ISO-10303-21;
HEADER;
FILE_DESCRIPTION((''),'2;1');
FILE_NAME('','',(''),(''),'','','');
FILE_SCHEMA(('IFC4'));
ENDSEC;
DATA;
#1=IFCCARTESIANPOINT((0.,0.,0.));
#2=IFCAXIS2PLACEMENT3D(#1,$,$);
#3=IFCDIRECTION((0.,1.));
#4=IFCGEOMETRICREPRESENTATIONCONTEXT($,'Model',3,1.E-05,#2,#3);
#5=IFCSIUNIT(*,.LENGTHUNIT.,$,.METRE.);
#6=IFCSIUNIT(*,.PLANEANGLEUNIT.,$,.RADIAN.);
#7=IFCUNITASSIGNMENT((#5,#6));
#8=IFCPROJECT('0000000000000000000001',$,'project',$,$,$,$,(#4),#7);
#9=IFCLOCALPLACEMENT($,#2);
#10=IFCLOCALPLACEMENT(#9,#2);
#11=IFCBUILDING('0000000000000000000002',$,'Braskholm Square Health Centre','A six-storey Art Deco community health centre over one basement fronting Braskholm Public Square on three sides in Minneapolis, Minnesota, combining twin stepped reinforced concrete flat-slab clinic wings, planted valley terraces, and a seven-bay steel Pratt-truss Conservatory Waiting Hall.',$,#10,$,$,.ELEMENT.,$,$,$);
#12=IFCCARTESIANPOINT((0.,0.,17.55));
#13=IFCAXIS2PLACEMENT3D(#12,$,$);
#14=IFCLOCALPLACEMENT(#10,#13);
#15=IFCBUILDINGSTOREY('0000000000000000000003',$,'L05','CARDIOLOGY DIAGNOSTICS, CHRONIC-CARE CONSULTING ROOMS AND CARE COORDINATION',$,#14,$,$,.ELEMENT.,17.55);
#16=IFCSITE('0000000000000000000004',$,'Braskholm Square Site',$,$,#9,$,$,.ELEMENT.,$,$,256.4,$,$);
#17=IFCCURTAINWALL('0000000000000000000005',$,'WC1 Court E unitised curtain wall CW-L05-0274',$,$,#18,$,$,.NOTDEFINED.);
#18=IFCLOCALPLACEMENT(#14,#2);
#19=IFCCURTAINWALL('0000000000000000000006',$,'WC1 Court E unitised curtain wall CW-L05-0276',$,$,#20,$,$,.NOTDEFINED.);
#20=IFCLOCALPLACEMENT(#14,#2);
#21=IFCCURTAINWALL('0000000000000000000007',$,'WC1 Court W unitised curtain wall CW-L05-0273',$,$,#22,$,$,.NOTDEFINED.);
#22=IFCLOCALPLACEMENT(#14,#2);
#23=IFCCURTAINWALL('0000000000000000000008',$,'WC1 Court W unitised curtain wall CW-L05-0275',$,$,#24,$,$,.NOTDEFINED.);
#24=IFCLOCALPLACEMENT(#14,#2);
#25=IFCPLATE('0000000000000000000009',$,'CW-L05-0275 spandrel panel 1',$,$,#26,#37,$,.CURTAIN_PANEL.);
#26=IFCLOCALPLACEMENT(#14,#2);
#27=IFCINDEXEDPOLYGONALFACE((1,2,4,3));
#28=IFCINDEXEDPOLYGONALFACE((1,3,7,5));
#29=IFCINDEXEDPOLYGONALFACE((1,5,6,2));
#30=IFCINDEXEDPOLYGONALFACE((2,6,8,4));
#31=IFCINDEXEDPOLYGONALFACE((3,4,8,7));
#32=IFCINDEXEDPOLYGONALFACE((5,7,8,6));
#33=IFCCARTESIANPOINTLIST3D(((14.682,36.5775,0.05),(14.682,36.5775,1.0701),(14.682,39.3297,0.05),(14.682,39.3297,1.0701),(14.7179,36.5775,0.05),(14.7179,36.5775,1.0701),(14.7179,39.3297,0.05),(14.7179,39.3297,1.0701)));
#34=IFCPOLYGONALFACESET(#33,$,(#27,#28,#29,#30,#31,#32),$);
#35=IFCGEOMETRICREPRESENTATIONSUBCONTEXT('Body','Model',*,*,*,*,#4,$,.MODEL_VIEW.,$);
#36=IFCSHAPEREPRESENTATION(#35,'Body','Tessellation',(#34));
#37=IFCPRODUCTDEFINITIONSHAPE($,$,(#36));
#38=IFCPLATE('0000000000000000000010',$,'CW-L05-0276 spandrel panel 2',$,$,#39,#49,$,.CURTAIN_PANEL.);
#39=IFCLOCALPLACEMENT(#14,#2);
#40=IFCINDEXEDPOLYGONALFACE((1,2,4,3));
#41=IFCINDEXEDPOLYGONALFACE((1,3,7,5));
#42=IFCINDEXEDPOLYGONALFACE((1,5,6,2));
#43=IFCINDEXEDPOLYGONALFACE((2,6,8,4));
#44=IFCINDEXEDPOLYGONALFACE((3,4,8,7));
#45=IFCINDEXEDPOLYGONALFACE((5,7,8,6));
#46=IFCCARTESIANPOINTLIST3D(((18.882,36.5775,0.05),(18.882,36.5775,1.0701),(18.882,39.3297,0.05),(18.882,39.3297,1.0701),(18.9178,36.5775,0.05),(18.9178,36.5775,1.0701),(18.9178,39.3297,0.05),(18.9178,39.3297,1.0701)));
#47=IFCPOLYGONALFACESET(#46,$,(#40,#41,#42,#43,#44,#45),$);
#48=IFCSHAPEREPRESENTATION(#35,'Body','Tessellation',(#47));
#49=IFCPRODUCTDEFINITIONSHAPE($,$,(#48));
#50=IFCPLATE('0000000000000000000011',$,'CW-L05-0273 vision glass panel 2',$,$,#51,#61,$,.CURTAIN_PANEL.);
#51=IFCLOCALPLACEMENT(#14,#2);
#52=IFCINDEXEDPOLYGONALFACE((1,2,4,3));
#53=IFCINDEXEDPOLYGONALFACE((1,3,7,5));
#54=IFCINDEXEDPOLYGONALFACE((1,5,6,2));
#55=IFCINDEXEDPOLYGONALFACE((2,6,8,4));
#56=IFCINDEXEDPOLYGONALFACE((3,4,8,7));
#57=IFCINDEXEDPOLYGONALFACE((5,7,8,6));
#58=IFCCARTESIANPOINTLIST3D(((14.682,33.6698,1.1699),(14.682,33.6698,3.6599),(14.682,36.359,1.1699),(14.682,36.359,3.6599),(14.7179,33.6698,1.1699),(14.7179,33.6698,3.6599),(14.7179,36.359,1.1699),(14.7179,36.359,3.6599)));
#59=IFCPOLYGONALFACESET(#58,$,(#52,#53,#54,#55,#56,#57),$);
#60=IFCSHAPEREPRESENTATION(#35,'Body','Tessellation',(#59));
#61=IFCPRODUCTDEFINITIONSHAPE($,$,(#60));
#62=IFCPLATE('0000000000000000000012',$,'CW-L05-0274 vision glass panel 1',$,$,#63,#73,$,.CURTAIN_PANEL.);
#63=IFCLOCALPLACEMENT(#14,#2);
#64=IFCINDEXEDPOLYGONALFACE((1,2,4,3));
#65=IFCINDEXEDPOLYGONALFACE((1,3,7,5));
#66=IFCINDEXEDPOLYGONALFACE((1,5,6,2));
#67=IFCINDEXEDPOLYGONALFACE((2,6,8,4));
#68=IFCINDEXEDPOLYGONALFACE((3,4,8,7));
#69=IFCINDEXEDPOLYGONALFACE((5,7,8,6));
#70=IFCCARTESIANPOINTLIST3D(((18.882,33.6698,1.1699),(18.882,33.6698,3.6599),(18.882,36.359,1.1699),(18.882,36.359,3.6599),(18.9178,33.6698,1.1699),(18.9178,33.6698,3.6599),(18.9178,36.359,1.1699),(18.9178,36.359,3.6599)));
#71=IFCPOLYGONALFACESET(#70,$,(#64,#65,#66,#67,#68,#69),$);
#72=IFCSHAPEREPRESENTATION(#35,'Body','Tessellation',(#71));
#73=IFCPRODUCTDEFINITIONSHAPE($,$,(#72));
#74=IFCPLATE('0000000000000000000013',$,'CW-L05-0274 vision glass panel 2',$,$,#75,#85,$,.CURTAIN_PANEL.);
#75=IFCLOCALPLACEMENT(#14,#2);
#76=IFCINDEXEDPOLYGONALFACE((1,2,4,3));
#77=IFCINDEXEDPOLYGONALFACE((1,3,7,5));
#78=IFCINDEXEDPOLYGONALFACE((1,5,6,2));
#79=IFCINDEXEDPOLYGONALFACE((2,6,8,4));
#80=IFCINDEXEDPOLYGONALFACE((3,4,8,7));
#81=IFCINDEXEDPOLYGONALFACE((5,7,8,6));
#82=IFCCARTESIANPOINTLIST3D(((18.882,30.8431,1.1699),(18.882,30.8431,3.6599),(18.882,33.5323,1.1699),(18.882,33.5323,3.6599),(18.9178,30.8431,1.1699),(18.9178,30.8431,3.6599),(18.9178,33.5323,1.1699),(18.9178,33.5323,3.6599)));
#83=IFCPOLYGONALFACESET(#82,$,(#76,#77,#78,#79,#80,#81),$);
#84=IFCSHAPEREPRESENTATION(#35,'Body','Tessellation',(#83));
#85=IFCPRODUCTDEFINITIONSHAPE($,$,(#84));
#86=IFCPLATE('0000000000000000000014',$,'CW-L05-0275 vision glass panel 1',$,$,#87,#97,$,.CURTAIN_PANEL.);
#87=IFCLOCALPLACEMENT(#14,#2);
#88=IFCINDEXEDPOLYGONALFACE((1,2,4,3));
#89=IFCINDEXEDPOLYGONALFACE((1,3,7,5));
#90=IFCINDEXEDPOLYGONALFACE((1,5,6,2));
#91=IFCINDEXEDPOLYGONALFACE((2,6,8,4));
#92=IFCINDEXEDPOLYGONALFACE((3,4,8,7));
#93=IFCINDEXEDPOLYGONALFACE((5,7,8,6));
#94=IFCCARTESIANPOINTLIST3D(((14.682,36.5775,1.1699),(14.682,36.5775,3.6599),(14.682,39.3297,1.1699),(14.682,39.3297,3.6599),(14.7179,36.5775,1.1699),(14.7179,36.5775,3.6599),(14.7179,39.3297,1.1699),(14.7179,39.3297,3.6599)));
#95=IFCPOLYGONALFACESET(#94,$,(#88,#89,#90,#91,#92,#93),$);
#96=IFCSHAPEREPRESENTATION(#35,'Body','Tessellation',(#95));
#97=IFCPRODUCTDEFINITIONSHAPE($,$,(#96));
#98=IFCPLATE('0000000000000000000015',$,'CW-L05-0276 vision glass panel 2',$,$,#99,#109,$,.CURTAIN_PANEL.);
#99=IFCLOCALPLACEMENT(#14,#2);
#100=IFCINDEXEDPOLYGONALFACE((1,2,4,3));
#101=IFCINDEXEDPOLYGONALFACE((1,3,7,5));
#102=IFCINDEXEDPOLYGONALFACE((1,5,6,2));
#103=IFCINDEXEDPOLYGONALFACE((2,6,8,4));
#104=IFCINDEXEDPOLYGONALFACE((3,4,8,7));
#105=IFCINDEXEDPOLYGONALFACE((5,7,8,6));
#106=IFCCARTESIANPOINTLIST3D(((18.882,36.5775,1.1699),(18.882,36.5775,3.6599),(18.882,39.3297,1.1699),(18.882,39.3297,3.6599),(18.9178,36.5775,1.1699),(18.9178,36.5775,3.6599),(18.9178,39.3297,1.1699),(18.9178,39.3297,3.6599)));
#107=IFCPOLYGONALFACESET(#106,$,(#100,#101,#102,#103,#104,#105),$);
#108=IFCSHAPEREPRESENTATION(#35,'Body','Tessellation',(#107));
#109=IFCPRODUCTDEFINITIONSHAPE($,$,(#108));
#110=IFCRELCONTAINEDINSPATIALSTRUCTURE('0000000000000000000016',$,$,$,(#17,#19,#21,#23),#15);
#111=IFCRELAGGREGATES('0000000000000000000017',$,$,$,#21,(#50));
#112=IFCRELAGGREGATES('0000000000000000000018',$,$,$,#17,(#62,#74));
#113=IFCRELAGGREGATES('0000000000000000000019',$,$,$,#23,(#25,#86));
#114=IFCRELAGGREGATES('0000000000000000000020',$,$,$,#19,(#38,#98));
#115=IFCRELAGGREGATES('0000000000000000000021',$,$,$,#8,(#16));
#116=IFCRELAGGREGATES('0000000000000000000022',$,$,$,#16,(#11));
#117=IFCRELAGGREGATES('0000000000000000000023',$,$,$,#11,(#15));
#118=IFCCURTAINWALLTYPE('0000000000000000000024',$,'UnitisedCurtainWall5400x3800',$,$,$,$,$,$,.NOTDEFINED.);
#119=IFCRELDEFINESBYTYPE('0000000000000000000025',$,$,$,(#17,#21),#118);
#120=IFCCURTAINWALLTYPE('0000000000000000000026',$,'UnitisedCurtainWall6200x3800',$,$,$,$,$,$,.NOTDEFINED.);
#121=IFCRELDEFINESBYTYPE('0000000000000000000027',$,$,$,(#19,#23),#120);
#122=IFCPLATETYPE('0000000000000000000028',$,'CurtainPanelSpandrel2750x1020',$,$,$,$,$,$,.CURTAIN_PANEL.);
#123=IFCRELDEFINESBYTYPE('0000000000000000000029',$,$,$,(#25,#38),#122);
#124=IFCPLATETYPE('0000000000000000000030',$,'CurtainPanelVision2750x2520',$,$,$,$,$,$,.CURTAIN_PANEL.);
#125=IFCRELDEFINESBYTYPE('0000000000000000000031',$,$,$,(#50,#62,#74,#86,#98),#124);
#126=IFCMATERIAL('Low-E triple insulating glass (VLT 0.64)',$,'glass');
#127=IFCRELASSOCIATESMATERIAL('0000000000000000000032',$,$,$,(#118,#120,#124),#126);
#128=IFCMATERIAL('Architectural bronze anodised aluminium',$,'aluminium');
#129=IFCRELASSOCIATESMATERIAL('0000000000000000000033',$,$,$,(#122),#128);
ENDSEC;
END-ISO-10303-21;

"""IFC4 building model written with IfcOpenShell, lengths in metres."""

from ifc_helpers import new_model, si_unit, direction, frame, origin, origin_2d, place, context, subcontext, project, spatial, rectangle, extrude, material, type_object, element, aggregate, save


model = new_model("IFC4")

# Units and contexts
model_context = context("Model", 3, precision=1e-05, world=origin(), true_north=direction((0.0, 1.0)))
body_context = subcontext(model_context, "Body", "Model", "MODEL_VIEW")
ifc_project = project(units=[si_unit("LENGTHUNIT", "METRE"), si_unit("PLANEANGLEUNIT", "RADIAN")], contexts=[model_context])

# Site, building, storey
site_placement = place(None, origin())
site = spatial("IfcSite", under=ifc_project, at=site_placement, Name="Braskholm Square Site", CompositionType="ELEMENT", RefElevation=256.4)
building_placement = place(site_placement, origin())
building = spatial("IfcBuilding", under=site, at=building_placement, Name="Braskholm Square Health Centre", Description="A six-storey Art Deco community health centre over one basement fronting Braskholm Public Square on three sides in Minneapolis, Minnesota, combining twin stepped reinforced concrete flat-slab clinic wings, planted valley terraces, and a seven-bay steel Pratt-truss Conservatory Waiting Hall.", CompositionType="ELEMENT")
storey_placement = place(building_placement, frame((0.0, 0.0, 17.55)))
storey = spatial("IfcBuildingStorey", under=building, at=storey_placement, Name="L05", Description="CARDIOLOGY DIAGNOSTICS, CHRONIC-CARE CONSULTING ROOMS AND CARE COORDINATION", CompositionType="ELEMENT", Elevation=17.55)

# Curtain wall
ifc_material_1 = material(Name="Low-E triple insulating glass (VLT 0.64)", Category="glass")
curtain_wall_type_1 = type_object("IfcCurtainWallType", Name="UnitisedCurtainWall5400x3800", PredefinedType="NOTDEFINED", material=ifc_material_1)
curtain_wall_1_placement = place(storey_placement, origin())
curtain_wall_1 = element("IfcCurtainWall", 1, at=curtain_wall_1_placement, inside=storey, type_object=curtain_wall_type_1, Name="WC1 Court E unitised curtain wall CW-L05-0274", PredefinedType="NOTDEFINED")
ifc_material_2 = material(Name="Architectural bronze anodised aluminium", Category="aluminium")

# Curtain wall
curtain_wall_type_2 = type_object("IfcCurtainWallType", Name="UnitisedCurtainWall6200x3800", PredefinedType="NOTDEFINED", material=ifc_material_1)
curtain_wall_2_placement = place(storey_placement, origin())
curtain_wall_2 = element("IfcCurtainWall", 2, at=curtain_wall_2_placement, inside=storey, type_object=curtain_wall_type_2, Name="WC1 Court E unitised curtain wall CW-L05-0276", PredefinedType="NOTDEFINED")

# Curtain wall
curtain_wall_3_placement = place(storey_placement, origin())
curtain_wall_3 = element("IfcCurtainWall", 3, at=curtain_wall_3_placement, inside=storey, type_object=curtain_wall_type_1, Name="WC1 Court W unitised curtain wall CW-L05-0273", PredefinedType="NOTDEFINED")

# Curtain wall
curtain_wall_4_placement = place(storey_placement, origin())
curtain_wall_4 = element("IfcCurtainWall", 4, at=curtain_wall_4_placement, inside=storey, type_object=curtain_wall_type_2, Name="WC1 Court W unitised curtain wall CW-L05-0275", PredefinedType="NOTDEFINED")

# Plates
plate_type_1 = type_object("IfcPlateType", Name="CurtainPanelSpandrel2750x1020", PredefinedType="CURTAIN_PANEL", material=ifc_material_2)
plate_1_placement = place(storey_placement, frame((14.7, 37.9536, 0.05), z_axis=(0.0, 0.0, 1.0), x_axis=(0.0, 1.0, 0.0)))
plate_1 = element("IfcPlate", 5, at=plate_1_placement, type_object=plate_type_1, Name="CW-L05-0275 spandrel panel 1", PredefinedType="CURTAIN_PANEL", context=body_context, shape_type="SweptSolid", body=[
    extrude(rectangle(XDim=2.7522, YDim=0.0359, at=origin_2d()), origin(), (0.0, 0.0, 1.0), 1.02),
])
plate_2_placement = place(storey_placement, frame((18.8999, 37.9536, 0.05), z_axis=(0.0, 0.0, 1.0), x_axis=(0.0, -1.0, 0.0)))
plate_2 = element("IfcPlate", 6, at=plate_2_placement, type_object=plate_type_1, Name="CW-L05-0276 spandrel panel 2", PredefinedType="CURTAIN_PANEL", context=body_context, shape_type="SweptSolid", body=[
    extrude(rectangle(XDim=2.7522, YDim=0.0359, at=origin_2d()), origin(), (0.0, 0.0, 1.0), 1.02),
])
plate_type_2 = type_object("IfcPlateType", Name="CurtainPanelVision2750x2520", PredefinedType="CURTAIN_PANEL", material=ifc_material_1)
plate_3_placement = place(storey_placement, frame((14.7, 35.0144, 1.1699), z_axis=(0.0, 0.0, 1.0), x_axis=(0.0, 1.0, 0.0)))
plate_3 = element("IfcPlate", 7, at=plate_3_placement, type_object=plate_type_2, Name="CW-L05-0273 vision glass panel 2", PredefinedType="CURTAIN_PANEL", context=body_context, shape_type="SweptSolid", body=[
    extrude(rectangle(XDim=2.6892, YDim=0.0359, at=origin_2d()), origin(), (0.0, 0.0, 1.0), 2.49),
])
aggregate(curtain_wall_3, [plate_3])
plate_4_placement = place(storey_placement, frame((18.8999, 35.0144, 1.1699), z_axis=(0.0, 0.0, 1.0), x_axis=(0.0, -1.0, 0.0)))
plate_4 = element("IfcPlate", 8, at=plate_4_placement, type_object=plate_type_2, Name="CW-L05-0274 vision glass panel 1", PredefinedType="CURTAIN_PANEL", context=body_context, shape_type="SweptSolid", body=[
    extrude(rectangle(XDim=2.6892, YDim=0.0359, at=origin_2d()), origin(), (0.0, 0.0, 1.0), 2.49),
])
plate_5_placement = place(storey_placement, frame((18.8999, 32.1877, 1.1699), z_axis=(0.0, 0.0, 1.0), x_axis=(0.0, -1.0, 0.0)))
plate_5 = element("IfcPlate", 9, at=plate_5_placement, type_object=plate_type_2, Name="CW-L05-0274 vision glass panel 2", PredefinedType="CURTAIN_PANEL", context=body_context, shape_type="SweptSolid", body=[
    extrude(rectangle(XDim=2.6892, YDim=0.0359, at=origin_2d()), origin(), (0.0, 0.0, 1.0), 2.49),
])
aggregate(curtain_wall_1, [plate_4, plate_5])
plate_6_placement = place(storey_placement, frame((14.7, 37.9536, 1.1699), z_axis=(0.0, 0.0, 1.0), x_axis=(0.0, 1.0, 0.0)))
plate_6 = element("IfcPlate", 10, at=plate_6_placement, type_object=plate_type_2, Name="CW-L05-0275 vision glass panel 1", PredefinedType="CURTAIN_PANEL", context=body_context, shape_type="SweptSolid", body=[
    extrude(rectangle(XDim=2.7522, YDim=0.0359, at=origin_2d()), origin(), (0.0, 0.0, 1.0), 2.49),
])
aggregate(curtain_wall_4, [plate_1, plate_6])
plate_7_placement = place(storey_placement, frame((18.8999, 37.9536, 1.1699), z_axis=(0.0, 0.0, 1.0), x_axis=(0.0, -1.0, 0.0)))
plate_7 = element("IfcPlate", 11, at=plate_7_placement, type_object=plate_type_2, Name="CW-L05-0276 vision glass panel 2", PredefinedType="CURTAIN_PANEL", context=body_context, shape_type="SweptSolid", body=[
    extrude(rectangle(XDim=2.7522, YDim=0.0359, at=origin_2d()), origin(), (0.0, 0.0, 1.0), 2.49),
])
aggregate(curtain_wall_2, [plate_2, plate_7])

save(model, "model.ifc")
